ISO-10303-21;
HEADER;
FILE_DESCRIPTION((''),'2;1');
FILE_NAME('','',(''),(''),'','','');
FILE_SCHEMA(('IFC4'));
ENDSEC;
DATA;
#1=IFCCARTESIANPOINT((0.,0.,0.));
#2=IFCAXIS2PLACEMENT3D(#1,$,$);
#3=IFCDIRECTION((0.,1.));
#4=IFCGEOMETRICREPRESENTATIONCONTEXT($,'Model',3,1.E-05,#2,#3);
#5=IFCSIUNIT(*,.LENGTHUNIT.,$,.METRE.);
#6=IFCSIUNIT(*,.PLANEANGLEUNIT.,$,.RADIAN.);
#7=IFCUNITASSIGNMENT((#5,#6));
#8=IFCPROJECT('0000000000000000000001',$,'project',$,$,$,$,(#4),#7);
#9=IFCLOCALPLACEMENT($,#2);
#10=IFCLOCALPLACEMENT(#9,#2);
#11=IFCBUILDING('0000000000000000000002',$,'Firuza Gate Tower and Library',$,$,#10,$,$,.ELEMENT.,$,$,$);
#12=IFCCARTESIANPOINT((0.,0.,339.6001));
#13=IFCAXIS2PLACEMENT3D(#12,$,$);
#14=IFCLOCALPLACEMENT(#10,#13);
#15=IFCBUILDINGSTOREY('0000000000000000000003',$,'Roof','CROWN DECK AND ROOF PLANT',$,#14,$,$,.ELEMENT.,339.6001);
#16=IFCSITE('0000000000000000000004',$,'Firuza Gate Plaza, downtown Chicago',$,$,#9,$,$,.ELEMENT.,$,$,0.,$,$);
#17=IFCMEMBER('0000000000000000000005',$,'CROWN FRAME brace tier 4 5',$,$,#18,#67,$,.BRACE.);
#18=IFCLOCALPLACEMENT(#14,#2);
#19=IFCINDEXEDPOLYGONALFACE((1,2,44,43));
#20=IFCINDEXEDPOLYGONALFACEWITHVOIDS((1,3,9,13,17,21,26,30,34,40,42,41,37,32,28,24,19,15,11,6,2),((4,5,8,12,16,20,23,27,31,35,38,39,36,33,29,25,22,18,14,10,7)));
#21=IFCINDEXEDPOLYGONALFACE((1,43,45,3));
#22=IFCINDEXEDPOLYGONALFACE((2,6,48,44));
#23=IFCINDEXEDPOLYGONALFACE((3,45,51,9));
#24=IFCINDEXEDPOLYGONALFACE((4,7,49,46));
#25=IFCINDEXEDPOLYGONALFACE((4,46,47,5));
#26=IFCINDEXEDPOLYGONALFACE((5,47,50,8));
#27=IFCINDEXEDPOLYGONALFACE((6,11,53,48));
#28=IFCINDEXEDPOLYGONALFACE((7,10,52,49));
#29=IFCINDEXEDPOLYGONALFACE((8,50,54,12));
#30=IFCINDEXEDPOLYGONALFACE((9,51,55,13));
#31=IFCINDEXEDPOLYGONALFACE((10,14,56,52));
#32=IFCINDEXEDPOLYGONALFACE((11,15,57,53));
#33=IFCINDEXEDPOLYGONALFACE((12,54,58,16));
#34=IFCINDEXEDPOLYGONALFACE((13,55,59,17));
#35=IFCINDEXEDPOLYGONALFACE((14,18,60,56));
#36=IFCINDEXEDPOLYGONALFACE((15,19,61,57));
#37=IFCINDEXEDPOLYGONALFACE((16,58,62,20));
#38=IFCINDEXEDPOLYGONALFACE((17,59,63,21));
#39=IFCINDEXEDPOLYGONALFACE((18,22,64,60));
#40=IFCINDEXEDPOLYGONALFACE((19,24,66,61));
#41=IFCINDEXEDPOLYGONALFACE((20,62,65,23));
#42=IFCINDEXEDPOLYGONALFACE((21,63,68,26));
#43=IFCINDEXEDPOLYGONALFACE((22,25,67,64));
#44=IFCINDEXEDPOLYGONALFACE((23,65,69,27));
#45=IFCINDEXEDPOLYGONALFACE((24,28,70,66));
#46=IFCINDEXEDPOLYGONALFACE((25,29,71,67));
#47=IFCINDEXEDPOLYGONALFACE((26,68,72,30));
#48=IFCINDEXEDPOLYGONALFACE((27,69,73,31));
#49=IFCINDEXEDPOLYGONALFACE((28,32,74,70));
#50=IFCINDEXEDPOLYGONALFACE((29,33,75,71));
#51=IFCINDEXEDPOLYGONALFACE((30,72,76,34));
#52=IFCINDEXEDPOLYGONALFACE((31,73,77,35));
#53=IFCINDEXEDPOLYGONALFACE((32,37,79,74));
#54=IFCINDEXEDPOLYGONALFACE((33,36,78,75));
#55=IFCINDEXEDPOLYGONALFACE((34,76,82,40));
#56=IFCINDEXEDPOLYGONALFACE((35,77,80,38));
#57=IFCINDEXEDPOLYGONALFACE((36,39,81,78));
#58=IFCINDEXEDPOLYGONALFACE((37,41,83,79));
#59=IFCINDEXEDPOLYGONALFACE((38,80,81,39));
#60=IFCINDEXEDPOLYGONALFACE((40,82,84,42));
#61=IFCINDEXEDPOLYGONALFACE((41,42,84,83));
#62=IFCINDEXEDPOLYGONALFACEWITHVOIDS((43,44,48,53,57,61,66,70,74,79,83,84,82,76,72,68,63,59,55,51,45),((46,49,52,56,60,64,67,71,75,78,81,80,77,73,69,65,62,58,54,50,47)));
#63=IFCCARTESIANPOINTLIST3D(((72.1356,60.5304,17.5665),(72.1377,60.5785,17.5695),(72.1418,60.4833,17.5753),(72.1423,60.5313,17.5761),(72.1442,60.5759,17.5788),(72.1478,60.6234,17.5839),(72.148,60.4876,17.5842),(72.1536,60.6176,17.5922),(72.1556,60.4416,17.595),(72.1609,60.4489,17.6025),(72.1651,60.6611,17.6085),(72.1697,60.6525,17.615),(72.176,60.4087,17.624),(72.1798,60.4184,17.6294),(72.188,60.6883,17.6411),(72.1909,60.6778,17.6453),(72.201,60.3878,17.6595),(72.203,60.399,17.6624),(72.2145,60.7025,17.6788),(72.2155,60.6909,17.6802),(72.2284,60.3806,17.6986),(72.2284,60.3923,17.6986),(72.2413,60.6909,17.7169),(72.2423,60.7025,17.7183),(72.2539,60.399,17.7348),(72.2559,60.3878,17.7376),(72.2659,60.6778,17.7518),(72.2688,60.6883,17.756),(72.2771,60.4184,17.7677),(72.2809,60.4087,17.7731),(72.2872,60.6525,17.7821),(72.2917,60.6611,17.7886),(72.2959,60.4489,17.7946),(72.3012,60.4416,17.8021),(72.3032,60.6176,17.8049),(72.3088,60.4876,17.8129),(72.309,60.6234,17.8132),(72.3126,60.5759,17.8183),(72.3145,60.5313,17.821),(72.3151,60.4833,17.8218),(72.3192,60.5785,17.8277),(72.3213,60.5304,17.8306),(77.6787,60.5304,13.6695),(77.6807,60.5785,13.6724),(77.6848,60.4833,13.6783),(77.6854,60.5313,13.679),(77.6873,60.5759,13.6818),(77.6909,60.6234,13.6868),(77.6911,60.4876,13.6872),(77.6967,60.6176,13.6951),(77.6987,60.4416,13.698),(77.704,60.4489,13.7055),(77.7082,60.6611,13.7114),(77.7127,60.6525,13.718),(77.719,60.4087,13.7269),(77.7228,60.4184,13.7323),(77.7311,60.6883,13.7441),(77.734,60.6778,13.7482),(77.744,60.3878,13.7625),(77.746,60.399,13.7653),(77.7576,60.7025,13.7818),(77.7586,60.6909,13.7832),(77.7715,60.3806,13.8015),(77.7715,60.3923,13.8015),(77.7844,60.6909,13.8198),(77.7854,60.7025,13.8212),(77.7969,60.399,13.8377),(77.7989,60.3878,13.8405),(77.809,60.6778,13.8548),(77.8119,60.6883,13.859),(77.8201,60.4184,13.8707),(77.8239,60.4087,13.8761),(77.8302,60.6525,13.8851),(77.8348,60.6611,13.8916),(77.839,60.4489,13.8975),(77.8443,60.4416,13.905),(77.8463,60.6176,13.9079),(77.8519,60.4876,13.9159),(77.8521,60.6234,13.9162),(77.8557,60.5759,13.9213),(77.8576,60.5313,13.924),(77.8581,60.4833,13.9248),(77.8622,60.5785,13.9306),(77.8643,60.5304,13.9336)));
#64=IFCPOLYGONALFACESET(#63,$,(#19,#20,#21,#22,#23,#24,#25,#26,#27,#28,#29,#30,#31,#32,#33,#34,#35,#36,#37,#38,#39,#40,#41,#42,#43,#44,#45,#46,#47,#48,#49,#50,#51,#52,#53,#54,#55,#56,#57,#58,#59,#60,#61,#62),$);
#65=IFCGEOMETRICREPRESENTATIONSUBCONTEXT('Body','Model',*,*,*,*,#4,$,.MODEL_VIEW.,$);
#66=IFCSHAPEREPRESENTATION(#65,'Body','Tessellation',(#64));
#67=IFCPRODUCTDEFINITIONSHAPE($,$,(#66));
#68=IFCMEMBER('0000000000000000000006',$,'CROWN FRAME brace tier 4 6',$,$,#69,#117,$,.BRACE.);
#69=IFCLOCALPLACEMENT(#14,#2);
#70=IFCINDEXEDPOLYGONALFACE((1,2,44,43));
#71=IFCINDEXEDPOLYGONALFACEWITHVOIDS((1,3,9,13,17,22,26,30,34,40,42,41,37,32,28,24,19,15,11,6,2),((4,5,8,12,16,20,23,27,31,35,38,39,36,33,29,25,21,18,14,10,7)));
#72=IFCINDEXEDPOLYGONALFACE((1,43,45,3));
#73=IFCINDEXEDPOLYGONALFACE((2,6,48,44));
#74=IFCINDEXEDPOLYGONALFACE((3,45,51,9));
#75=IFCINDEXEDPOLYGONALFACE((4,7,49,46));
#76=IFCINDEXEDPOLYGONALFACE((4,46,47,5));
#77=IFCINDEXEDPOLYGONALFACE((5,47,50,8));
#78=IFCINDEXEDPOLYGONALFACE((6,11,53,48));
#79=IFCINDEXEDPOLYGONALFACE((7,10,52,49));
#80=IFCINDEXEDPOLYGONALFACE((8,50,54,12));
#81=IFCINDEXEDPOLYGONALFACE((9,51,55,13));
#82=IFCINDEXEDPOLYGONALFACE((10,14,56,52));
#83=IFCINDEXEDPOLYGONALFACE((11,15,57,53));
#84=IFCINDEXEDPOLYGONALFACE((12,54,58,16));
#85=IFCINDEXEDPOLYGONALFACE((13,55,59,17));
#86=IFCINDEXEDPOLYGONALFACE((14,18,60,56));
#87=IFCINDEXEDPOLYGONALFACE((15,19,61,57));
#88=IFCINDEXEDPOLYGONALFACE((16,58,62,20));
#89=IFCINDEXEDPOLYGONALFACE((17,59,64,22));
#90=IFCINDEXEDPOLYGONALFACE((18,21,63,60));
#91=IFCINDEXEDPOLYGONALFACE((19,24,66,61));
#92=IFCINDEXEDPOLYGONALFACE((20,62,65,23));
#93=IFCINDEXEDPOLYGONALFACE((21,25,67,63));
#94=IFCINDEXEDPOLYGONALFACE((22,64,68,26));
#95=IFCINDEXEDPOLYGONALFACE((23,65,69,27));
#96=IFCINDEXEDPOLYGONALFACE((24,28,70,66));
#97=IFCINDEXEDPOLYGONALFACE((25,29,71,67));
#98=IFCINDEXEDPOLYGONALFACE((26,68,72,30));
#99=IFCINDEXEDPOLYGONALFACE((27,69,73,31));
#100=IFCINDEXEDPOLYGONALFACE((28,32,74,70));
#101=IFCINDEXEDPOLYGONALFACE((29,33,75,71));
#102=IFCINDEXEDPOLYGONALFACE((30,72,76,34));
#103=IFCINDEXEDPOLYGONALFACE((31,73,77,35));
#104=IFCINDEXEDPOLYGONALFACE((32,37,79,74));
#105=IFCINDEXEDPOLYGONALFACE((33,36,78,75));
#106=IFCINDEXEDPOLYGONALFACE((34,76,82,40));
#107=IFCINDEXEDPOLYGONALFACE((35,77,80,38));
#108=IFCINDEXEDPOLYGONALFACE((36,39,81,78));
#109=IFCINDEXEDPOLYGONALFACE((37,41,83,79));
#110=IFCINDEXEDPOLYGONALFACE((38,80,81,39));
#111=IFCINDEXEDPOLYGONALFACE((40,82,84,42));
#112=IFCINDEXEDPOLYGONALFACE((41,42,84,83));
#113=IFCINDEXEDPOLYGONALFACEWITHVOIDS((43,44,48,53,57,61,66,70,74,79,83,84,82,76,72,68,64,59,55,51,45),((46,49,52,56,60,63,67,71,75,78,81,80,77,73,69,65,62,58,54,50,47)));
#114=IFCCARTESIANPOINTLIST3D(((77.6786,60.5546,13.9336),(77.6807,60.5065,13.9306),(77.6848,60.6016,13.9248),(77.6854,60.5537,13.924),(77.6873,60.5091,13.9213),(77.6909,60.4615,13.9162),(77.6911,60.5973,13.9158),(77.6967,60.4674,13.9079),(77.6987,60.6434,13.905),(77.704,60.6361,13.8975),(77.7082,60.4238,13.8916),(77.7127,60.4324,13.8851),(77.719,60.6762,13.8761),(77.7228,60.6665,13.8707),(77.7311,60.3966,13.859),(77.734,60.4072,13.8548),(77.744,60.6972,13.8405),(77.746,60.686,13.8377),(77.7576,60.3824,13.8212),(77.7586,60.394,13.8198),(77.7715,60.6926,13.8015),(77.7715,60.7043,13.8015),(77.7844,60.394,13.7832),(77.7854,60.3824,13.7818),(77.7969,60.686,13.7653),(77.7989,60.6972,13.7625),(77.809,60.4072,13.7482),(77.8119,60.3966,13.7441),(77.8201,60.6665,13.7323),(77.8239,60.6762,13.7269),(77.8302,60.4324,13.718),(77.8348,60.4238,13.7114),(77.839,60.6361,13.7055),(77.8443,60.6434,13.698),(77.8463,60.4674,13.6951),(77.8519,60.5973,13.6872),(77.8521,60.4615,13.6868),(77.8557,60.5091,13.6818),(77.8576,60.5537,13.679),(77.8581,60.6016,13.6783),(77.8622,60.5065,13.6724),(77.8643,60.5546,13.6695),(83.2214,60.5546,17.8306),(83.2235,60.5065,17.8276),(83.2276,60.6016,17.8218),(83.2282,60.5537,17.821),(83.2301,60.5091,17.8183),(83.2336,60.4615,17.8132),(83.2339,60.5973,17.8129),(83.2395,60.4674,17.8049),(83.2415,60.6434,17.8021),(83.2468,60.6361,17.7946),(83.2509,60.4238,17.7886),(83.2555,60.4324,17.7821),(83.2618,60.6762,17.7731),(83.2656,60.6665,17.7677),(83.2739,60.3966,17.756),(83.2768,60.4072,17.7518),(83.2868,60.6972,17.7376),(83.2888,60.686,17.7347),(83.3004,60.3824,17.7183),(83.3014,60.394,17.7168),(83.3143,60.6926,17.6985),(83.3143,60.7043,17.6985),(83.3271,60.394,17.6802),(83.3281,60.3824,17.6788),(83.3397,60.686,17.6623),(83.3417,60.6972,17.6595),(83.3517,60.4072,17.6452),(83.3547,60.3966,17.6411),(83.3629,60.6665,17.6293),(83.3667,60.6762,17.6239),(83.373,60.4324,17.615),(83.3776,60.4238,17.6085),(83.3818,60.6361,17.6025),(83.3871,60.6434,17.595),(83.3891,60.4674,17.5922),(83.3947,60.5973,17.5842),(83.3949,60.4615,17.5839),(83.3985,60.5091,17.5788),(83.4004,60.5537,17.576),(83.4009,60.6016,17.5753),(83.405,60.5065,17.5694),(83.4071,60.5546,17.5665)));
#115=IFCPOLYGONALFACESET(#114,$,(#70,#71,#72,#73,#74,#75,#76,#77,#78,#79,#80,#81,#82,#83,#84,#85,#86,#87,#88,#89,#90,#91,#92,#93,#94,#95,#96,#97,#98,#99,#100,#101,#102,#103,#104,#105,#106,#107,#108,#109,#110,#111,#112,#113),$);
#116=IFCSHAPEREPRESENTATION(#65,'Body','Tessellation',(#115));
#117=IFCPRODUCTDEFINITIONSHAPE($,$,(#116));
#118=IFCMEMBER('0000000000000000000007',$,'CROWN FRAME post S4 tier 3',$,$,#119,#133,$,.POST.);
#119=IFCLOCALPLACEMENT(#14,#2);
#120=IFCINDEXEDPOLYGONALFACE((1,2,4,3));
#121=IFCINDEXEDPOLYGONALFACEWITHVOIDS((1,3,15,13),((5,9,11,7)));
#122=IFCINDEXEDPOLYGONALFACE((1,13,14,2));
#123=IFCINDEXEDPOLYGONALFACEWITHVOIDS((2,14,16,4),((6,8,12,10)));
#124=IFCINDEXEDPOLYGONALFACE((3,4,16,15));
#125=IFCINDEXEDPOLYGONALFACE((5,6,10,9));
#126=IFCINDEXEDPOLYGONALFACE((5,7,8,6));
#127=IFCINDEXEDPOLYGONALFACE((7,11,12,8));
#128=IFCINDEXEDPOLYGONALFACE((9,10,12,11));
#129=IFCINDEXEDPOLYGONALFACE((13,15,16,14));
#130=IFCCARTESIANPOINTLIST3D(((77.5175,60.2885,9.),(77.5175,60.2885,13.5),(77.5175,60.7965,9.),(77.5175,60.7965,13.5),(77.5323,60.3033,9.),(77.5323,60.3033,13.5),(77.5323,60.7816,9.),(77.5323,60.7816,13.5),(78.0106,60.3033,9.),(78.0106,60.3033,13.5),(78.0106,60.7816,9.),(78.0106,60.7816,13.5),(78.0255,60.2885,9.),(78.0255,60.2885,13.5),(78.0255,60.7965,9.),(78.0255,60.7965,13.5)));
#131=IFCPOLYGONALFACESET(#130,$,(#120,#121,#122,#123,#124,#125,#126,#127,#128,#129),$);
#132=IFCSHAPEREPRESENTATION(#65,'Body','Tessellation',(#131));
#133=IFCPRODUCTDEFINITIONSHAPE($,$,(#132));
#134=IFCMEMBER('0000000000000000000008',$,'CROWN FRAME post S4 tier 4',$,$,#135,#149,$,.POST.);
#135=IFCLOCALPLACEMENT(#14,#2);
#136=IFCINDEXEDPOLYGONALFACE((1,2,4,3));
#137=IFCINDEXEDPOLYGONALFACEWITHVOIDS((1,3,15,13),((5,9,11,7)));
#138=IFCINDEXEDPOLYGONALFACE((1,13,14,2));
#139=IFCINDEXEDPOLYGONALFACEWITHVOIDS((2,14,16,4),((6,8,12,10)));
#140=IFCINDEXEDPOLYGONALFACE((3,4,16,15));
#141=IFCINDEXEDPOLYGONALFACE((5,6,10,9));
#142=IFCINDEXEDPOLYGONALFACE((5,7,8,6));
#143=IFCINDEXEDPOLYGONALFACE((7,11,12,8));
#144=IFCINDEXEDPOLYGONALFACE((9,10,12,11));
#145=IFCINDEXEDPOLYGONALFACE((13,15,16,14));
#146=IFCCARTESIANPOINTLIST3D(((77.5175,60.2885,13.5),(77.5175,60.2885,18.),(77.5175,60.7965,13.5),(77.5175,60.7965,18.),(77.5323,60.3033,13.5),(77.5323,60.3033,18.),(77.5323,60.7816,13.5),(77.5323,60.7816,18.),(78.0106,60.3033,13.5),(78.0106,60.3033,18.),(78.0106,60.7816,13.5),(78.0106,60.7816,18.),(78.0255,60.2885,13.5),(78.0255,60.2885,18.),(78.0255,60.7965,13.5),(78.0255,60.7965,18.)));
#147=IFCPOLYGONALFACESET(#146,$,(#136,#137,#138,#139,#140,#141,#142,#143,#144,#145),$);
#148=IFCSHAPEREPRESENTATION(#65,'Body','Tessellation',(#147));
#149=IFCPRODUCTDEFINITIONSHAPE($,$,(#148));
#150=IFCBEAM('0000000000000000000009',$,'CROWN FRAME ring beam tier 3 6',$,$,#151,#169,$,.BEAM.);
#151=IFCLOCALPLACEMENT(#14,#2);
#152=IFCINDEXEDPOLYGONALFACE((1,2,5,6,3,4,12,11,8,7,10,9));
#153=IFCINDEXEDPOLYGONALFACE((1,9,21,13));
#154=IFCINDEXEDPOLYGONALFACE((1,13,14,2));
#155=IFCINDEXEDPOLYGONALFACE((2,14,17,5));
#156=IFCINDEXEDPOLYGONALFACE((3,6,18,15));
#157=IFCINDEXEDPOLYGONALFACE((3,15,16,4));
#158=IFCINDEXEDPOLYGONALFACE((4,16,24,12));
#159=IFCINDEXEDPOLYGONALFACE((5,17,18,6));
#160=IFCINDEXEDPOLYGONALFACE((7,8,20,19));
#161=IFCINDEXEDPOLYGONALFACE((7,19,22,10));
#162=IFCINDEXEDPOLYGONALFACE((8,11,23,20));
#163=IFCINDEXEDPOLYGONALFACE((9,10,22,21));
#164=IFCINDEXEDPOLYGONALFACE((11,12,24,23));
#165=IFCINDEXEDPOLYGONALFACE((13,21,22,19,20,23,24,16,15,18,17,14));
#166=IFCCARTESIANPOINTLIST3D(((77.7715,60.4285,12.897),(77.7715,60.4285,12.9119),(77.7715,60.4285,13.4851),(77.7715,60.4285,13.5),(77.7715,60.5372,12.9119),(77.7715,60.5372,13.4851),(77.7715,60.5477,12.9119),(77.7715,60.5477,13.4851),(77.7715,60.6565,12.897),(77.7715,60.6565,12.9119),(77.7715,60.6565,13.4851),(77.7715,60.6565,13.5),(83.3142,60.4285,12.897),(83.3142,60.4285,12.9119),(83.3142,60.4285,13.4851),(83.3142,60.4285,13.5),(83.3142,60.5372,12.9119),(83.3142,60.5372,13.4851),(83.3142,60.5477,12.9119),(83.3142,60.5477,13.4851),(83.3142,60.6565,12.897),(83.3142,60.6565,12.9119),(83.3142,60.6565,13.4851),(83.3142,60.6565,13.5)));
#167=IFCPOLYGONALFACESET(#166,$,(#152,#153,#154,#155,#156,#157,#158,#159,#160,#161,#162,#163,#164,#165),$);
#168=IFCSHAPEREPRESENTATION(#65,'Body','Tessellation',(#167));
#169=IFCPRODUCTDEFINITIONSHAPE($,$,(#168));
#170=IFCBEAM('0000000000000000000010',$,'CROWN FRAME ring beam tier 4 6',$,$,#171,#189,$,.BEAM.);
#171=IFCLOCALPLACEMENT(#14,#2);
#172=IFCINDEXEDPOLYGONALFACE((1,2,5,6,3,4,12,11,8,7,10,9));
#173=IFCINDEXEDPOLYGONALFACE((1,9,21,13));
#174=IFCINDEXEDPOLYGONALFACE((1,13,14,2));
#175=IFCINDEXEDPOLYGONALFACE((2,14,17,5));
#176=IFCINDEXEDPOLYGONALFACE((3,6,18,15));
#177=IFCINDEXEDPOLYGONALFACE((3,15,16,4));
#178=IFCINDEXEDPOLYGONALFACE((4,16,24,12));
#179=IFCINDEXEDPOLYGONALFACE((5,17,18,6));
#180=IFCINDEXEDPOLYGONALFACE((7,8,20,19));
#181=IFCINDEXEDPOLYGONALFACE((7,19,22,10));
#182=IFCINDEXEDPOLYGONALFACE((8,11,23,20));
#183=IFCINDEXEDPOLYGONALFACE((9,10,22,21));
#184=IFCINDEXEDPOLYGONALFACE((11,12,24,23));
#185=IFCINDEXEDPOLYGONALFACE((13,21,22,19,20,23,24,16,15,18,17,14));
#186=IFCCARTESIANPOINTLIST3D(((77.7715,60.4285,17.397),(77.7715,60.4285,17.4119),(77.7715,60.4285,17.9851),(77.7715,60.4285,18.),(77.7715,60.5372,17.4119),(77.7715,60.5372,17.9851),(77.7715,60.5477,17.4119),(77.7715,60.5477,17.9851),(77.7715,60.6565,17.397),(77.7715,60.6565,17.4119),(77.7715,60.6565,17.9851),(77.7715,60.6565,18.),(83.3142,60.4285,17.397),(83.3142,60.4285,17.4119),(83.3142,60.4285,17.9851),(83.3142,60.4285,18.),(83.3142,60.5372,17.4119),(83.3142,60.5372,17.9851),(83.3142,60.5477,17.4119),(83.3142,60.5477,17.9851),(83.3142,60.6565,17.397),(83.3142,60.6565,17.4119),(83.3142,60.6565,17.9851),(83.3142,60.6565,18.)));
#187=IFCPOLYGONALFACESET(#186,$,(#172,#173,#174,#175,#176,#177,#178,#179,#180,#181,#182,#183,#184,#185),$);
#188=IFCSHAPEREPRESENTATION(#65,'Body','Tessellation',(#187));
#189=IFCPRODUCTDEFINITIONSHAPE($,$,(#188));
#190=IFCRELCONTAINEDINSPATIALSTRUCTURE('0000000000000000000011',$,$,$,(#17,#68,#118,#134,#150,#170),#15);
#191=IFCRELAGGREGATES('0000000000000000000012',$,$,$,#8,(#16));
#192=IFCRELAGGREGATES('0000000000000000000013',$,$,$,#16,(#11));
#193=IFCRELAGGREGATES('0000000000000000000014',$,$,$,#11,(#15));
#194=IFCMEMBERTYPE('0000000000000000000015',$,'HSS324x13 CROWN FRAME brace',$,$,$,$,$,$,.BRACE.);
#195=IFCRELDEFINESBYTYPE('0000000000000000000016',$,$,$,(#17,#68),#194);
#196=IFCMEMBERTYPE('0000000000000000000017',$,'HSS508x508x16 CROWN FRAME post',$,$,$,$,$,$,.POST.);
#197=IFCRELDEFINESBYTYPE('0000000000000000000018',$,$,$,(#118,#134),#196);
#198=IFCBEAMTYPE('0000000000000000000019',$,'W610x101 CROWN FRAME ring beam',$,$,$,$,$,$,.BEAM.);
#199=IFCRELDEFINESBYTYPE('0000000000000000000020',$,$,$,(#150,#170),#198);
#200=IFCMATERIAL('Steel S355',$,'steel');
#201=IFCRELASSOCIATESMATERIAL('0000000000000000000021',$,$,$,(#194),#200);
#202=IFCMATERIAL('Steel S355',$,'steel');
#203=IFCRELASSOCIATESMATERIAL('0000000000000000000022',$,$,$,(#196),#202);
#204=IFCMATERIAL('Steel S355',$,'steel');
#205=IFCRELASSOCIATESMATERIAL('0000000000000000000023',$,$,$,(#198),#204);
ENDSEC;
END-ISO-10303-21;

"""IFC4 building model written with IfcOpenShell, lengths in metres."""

from ifc_helpers import new_model, si_unit, direction, frame, origin, origin_2d, place, context, subcontext, project, spatial, hollow_rectangle, hollow_circle, i_section, extrude, material, material_profile, profile_set, type_object, element, save


model = new_model("IFC4")

# Units and contexts
model_context = context("Model", 3, precision=1e-05, world=origin(), true_north=direction((0.0, 1.0)))
body_context = subcontext(model_context, "Body", "Model", "MODEL_VIEW")
ifc_project = project(units=[si_unit("LENGTHUNIT", "METRE"), si_unit("PLANEANGLEUNIT", "RADIAN")], contexts=[model_context])

# Site, building, storey
site_placement = place(None, origin())
site = spatial("IfcSite", under=ifc_project, at=site_placement, Name="Firuza Gate Plaza, downtown Chicago", CompositionType="ELEMENT", RefElevation=0.0)
building_placement = place(site_placement, origin())
building = spatial("IfcBuilding", under=site, at=building_placement, Name="Firuza Gate Tower and Library", CompositionType="ELEMENT")
storey_placement = place(building_placement, frame((0.0, 0.0, 339.6001)))
storey = spatial("IfcBuildingStorey", under=building, at=storey_placement, Name="Roof", Description="CROWN DECK AND ROOF PLANT", CompositionType="ELEMENT", Elevation=339.6001)

# Members
ifc_material_1 = material(Name="Steel S355", Category="steel")
ifc_material_profile_1 = material_profile(ifc_material_1, hollow_circle(Radius=0.1619, WallThickness=0.0117, at=origin_2d()))
ifc_profile_set_1 = profile_set([ifc_material_profile_1], Name="Steel S355")
member_type_1 = type_object("IfcMemberType", Name="HSS324x13 CROWN FRAME brace", PredefinedType="BRACE", material=ifc_profile_set_1)
member_1_placement = place(storey_placement, frame((77.7715, 60.5425, 13.8015), z_axis=(-0.818059, 0.0, 0.575135), x_axis=(0.0, -1.0, 0.0)))
element("IfcMember", 1, at=member_1_placement, inside=storey, type_object=member_type_1, Name="CROWN FRAME brace tier 4 5", PredefinedType="BRACE", context=body_context, shape_type="SweptSolid", body=[
    extrude(hollow_circle(Radius=0.1619, WallThickness=0.0117, at=origin_2d()), origin(), (0.0, 0.0, 1.0), 6.7759),
])
member_2_placement = place(storey_placement, frame((77.7715, 60.5425, 13.8015), z_axis=(0.818047, 0.0, 0.575152), x_axis=(0.0, 1.0, 0.0)))
element("IfcMember", 2, at=member_2_placement, inside=storey, type_object=member_type_1, Name="CROWN FRAME brace tier 4 6", PredefinedType="BRACE", context=body_context, shape_type="SweptSolid", body=[
    extrude(hollow_circle(Radius=0.1619, WallThickness=0.0117, at=origin_2d()), origin(), (0.0, 0.0, 1.0), 6.7756),
])
ifc_material_2 = material(Name="Steel S355", Category="steel")
ifc_material_profile_2 = material_profile(ifc_material_2, hollow_rectangle(XDim=0.5081, YDim=0.5081, WallThickness=0.0149, at=origin_2d()))
ifc_profile_set_2 = profile_set([ifc_material_profile_2], Name="Steel S355")
member_type_2 = type_object("IfcMemberType", Name="HSS508x508x16 CROWN FRAME post", PredefinedType="POST", material=ifc_profile_set_2)
for number, where, z_axis, x_axis, name in (
    (3, (77.7715, 60.5425, 9.0), (0.0, 0.0, 1.0), (1.0, 0.0, 0.0), "CROWN FRAME post S4 tier 3"),
    (4, (77.7715, 60.5425, 13.5), (0.0, 0.0, 1.0), (1.0, 0.0, 0.0), "CROWN FRAME post S4 tier 4"),
):
    element("IfcMember", number, at=place(storey_placement, frame(where, z_axis=z_axis, x_axis=x_axis)), inside=storey, type_object=member_type_2, Name=name, PredefinedType="POST", context=body_context, shape_type="SweptSolid", body=[
        extrude(hollow_rectangle(XDim=0.5081, YDim=0.5081, WallThickness=0.0149, at=origin_2d()), origin(), (0.0, 0.0, 1.0), 4.5),
    ])

# Beams
ifc_material_3 = material(Name="Steel S355", Category="steel")
ifc_material_profile_3 = material_profile(ifc_material_3, i_section(OverallWidth=0.228, OverallDepth=0.603, WebThickness=0.0105, FlangeThickness=0.0149, at=origin_2d()))
ifc_profile_set_3 = profile_set([ifc_material_profile_3], Name="Steel S355")
beam_type = type_object("IfcBeamType", Name="W610x101 CROWN FRAME ring beam", PredefinedType="BEAM", material=ifc_profile_set_3)
for number, where, z_axis, x_axis, name in (
    (5, (77.7715, 60.5425, 13.1985), (1.0, 0.0, 0.0), (0.0, 1.0, 0.0), "CROWN FRAME ring beam tier 3 6"),
    (6, (77.7715, 60.5425, 17.6985), (1.0, 0.0, 0.0), (0.0, 1.0, 0.0), "CROWN FRAME ring beam tier 4 6"),
):
    element("IfcBeam", number, at=place(storey_placement, frame(where, z_axis=z_axis, x_axis=x_axis)), inside=storey, type_object=beam_type, Name=name, PredefinedType="BEAM", context=body_context, shape_type="SweptSolid", body=[
        extrude(i_section(OverallWidth=0.228, OverallDepth=0.603, WebThickness=0.0105, FlangeThickness=0.0149, at=origin_2d()), origin(), (0.0, 0.0, 1.0), 5.5427),
    ])

save(model, "model.ifc")
